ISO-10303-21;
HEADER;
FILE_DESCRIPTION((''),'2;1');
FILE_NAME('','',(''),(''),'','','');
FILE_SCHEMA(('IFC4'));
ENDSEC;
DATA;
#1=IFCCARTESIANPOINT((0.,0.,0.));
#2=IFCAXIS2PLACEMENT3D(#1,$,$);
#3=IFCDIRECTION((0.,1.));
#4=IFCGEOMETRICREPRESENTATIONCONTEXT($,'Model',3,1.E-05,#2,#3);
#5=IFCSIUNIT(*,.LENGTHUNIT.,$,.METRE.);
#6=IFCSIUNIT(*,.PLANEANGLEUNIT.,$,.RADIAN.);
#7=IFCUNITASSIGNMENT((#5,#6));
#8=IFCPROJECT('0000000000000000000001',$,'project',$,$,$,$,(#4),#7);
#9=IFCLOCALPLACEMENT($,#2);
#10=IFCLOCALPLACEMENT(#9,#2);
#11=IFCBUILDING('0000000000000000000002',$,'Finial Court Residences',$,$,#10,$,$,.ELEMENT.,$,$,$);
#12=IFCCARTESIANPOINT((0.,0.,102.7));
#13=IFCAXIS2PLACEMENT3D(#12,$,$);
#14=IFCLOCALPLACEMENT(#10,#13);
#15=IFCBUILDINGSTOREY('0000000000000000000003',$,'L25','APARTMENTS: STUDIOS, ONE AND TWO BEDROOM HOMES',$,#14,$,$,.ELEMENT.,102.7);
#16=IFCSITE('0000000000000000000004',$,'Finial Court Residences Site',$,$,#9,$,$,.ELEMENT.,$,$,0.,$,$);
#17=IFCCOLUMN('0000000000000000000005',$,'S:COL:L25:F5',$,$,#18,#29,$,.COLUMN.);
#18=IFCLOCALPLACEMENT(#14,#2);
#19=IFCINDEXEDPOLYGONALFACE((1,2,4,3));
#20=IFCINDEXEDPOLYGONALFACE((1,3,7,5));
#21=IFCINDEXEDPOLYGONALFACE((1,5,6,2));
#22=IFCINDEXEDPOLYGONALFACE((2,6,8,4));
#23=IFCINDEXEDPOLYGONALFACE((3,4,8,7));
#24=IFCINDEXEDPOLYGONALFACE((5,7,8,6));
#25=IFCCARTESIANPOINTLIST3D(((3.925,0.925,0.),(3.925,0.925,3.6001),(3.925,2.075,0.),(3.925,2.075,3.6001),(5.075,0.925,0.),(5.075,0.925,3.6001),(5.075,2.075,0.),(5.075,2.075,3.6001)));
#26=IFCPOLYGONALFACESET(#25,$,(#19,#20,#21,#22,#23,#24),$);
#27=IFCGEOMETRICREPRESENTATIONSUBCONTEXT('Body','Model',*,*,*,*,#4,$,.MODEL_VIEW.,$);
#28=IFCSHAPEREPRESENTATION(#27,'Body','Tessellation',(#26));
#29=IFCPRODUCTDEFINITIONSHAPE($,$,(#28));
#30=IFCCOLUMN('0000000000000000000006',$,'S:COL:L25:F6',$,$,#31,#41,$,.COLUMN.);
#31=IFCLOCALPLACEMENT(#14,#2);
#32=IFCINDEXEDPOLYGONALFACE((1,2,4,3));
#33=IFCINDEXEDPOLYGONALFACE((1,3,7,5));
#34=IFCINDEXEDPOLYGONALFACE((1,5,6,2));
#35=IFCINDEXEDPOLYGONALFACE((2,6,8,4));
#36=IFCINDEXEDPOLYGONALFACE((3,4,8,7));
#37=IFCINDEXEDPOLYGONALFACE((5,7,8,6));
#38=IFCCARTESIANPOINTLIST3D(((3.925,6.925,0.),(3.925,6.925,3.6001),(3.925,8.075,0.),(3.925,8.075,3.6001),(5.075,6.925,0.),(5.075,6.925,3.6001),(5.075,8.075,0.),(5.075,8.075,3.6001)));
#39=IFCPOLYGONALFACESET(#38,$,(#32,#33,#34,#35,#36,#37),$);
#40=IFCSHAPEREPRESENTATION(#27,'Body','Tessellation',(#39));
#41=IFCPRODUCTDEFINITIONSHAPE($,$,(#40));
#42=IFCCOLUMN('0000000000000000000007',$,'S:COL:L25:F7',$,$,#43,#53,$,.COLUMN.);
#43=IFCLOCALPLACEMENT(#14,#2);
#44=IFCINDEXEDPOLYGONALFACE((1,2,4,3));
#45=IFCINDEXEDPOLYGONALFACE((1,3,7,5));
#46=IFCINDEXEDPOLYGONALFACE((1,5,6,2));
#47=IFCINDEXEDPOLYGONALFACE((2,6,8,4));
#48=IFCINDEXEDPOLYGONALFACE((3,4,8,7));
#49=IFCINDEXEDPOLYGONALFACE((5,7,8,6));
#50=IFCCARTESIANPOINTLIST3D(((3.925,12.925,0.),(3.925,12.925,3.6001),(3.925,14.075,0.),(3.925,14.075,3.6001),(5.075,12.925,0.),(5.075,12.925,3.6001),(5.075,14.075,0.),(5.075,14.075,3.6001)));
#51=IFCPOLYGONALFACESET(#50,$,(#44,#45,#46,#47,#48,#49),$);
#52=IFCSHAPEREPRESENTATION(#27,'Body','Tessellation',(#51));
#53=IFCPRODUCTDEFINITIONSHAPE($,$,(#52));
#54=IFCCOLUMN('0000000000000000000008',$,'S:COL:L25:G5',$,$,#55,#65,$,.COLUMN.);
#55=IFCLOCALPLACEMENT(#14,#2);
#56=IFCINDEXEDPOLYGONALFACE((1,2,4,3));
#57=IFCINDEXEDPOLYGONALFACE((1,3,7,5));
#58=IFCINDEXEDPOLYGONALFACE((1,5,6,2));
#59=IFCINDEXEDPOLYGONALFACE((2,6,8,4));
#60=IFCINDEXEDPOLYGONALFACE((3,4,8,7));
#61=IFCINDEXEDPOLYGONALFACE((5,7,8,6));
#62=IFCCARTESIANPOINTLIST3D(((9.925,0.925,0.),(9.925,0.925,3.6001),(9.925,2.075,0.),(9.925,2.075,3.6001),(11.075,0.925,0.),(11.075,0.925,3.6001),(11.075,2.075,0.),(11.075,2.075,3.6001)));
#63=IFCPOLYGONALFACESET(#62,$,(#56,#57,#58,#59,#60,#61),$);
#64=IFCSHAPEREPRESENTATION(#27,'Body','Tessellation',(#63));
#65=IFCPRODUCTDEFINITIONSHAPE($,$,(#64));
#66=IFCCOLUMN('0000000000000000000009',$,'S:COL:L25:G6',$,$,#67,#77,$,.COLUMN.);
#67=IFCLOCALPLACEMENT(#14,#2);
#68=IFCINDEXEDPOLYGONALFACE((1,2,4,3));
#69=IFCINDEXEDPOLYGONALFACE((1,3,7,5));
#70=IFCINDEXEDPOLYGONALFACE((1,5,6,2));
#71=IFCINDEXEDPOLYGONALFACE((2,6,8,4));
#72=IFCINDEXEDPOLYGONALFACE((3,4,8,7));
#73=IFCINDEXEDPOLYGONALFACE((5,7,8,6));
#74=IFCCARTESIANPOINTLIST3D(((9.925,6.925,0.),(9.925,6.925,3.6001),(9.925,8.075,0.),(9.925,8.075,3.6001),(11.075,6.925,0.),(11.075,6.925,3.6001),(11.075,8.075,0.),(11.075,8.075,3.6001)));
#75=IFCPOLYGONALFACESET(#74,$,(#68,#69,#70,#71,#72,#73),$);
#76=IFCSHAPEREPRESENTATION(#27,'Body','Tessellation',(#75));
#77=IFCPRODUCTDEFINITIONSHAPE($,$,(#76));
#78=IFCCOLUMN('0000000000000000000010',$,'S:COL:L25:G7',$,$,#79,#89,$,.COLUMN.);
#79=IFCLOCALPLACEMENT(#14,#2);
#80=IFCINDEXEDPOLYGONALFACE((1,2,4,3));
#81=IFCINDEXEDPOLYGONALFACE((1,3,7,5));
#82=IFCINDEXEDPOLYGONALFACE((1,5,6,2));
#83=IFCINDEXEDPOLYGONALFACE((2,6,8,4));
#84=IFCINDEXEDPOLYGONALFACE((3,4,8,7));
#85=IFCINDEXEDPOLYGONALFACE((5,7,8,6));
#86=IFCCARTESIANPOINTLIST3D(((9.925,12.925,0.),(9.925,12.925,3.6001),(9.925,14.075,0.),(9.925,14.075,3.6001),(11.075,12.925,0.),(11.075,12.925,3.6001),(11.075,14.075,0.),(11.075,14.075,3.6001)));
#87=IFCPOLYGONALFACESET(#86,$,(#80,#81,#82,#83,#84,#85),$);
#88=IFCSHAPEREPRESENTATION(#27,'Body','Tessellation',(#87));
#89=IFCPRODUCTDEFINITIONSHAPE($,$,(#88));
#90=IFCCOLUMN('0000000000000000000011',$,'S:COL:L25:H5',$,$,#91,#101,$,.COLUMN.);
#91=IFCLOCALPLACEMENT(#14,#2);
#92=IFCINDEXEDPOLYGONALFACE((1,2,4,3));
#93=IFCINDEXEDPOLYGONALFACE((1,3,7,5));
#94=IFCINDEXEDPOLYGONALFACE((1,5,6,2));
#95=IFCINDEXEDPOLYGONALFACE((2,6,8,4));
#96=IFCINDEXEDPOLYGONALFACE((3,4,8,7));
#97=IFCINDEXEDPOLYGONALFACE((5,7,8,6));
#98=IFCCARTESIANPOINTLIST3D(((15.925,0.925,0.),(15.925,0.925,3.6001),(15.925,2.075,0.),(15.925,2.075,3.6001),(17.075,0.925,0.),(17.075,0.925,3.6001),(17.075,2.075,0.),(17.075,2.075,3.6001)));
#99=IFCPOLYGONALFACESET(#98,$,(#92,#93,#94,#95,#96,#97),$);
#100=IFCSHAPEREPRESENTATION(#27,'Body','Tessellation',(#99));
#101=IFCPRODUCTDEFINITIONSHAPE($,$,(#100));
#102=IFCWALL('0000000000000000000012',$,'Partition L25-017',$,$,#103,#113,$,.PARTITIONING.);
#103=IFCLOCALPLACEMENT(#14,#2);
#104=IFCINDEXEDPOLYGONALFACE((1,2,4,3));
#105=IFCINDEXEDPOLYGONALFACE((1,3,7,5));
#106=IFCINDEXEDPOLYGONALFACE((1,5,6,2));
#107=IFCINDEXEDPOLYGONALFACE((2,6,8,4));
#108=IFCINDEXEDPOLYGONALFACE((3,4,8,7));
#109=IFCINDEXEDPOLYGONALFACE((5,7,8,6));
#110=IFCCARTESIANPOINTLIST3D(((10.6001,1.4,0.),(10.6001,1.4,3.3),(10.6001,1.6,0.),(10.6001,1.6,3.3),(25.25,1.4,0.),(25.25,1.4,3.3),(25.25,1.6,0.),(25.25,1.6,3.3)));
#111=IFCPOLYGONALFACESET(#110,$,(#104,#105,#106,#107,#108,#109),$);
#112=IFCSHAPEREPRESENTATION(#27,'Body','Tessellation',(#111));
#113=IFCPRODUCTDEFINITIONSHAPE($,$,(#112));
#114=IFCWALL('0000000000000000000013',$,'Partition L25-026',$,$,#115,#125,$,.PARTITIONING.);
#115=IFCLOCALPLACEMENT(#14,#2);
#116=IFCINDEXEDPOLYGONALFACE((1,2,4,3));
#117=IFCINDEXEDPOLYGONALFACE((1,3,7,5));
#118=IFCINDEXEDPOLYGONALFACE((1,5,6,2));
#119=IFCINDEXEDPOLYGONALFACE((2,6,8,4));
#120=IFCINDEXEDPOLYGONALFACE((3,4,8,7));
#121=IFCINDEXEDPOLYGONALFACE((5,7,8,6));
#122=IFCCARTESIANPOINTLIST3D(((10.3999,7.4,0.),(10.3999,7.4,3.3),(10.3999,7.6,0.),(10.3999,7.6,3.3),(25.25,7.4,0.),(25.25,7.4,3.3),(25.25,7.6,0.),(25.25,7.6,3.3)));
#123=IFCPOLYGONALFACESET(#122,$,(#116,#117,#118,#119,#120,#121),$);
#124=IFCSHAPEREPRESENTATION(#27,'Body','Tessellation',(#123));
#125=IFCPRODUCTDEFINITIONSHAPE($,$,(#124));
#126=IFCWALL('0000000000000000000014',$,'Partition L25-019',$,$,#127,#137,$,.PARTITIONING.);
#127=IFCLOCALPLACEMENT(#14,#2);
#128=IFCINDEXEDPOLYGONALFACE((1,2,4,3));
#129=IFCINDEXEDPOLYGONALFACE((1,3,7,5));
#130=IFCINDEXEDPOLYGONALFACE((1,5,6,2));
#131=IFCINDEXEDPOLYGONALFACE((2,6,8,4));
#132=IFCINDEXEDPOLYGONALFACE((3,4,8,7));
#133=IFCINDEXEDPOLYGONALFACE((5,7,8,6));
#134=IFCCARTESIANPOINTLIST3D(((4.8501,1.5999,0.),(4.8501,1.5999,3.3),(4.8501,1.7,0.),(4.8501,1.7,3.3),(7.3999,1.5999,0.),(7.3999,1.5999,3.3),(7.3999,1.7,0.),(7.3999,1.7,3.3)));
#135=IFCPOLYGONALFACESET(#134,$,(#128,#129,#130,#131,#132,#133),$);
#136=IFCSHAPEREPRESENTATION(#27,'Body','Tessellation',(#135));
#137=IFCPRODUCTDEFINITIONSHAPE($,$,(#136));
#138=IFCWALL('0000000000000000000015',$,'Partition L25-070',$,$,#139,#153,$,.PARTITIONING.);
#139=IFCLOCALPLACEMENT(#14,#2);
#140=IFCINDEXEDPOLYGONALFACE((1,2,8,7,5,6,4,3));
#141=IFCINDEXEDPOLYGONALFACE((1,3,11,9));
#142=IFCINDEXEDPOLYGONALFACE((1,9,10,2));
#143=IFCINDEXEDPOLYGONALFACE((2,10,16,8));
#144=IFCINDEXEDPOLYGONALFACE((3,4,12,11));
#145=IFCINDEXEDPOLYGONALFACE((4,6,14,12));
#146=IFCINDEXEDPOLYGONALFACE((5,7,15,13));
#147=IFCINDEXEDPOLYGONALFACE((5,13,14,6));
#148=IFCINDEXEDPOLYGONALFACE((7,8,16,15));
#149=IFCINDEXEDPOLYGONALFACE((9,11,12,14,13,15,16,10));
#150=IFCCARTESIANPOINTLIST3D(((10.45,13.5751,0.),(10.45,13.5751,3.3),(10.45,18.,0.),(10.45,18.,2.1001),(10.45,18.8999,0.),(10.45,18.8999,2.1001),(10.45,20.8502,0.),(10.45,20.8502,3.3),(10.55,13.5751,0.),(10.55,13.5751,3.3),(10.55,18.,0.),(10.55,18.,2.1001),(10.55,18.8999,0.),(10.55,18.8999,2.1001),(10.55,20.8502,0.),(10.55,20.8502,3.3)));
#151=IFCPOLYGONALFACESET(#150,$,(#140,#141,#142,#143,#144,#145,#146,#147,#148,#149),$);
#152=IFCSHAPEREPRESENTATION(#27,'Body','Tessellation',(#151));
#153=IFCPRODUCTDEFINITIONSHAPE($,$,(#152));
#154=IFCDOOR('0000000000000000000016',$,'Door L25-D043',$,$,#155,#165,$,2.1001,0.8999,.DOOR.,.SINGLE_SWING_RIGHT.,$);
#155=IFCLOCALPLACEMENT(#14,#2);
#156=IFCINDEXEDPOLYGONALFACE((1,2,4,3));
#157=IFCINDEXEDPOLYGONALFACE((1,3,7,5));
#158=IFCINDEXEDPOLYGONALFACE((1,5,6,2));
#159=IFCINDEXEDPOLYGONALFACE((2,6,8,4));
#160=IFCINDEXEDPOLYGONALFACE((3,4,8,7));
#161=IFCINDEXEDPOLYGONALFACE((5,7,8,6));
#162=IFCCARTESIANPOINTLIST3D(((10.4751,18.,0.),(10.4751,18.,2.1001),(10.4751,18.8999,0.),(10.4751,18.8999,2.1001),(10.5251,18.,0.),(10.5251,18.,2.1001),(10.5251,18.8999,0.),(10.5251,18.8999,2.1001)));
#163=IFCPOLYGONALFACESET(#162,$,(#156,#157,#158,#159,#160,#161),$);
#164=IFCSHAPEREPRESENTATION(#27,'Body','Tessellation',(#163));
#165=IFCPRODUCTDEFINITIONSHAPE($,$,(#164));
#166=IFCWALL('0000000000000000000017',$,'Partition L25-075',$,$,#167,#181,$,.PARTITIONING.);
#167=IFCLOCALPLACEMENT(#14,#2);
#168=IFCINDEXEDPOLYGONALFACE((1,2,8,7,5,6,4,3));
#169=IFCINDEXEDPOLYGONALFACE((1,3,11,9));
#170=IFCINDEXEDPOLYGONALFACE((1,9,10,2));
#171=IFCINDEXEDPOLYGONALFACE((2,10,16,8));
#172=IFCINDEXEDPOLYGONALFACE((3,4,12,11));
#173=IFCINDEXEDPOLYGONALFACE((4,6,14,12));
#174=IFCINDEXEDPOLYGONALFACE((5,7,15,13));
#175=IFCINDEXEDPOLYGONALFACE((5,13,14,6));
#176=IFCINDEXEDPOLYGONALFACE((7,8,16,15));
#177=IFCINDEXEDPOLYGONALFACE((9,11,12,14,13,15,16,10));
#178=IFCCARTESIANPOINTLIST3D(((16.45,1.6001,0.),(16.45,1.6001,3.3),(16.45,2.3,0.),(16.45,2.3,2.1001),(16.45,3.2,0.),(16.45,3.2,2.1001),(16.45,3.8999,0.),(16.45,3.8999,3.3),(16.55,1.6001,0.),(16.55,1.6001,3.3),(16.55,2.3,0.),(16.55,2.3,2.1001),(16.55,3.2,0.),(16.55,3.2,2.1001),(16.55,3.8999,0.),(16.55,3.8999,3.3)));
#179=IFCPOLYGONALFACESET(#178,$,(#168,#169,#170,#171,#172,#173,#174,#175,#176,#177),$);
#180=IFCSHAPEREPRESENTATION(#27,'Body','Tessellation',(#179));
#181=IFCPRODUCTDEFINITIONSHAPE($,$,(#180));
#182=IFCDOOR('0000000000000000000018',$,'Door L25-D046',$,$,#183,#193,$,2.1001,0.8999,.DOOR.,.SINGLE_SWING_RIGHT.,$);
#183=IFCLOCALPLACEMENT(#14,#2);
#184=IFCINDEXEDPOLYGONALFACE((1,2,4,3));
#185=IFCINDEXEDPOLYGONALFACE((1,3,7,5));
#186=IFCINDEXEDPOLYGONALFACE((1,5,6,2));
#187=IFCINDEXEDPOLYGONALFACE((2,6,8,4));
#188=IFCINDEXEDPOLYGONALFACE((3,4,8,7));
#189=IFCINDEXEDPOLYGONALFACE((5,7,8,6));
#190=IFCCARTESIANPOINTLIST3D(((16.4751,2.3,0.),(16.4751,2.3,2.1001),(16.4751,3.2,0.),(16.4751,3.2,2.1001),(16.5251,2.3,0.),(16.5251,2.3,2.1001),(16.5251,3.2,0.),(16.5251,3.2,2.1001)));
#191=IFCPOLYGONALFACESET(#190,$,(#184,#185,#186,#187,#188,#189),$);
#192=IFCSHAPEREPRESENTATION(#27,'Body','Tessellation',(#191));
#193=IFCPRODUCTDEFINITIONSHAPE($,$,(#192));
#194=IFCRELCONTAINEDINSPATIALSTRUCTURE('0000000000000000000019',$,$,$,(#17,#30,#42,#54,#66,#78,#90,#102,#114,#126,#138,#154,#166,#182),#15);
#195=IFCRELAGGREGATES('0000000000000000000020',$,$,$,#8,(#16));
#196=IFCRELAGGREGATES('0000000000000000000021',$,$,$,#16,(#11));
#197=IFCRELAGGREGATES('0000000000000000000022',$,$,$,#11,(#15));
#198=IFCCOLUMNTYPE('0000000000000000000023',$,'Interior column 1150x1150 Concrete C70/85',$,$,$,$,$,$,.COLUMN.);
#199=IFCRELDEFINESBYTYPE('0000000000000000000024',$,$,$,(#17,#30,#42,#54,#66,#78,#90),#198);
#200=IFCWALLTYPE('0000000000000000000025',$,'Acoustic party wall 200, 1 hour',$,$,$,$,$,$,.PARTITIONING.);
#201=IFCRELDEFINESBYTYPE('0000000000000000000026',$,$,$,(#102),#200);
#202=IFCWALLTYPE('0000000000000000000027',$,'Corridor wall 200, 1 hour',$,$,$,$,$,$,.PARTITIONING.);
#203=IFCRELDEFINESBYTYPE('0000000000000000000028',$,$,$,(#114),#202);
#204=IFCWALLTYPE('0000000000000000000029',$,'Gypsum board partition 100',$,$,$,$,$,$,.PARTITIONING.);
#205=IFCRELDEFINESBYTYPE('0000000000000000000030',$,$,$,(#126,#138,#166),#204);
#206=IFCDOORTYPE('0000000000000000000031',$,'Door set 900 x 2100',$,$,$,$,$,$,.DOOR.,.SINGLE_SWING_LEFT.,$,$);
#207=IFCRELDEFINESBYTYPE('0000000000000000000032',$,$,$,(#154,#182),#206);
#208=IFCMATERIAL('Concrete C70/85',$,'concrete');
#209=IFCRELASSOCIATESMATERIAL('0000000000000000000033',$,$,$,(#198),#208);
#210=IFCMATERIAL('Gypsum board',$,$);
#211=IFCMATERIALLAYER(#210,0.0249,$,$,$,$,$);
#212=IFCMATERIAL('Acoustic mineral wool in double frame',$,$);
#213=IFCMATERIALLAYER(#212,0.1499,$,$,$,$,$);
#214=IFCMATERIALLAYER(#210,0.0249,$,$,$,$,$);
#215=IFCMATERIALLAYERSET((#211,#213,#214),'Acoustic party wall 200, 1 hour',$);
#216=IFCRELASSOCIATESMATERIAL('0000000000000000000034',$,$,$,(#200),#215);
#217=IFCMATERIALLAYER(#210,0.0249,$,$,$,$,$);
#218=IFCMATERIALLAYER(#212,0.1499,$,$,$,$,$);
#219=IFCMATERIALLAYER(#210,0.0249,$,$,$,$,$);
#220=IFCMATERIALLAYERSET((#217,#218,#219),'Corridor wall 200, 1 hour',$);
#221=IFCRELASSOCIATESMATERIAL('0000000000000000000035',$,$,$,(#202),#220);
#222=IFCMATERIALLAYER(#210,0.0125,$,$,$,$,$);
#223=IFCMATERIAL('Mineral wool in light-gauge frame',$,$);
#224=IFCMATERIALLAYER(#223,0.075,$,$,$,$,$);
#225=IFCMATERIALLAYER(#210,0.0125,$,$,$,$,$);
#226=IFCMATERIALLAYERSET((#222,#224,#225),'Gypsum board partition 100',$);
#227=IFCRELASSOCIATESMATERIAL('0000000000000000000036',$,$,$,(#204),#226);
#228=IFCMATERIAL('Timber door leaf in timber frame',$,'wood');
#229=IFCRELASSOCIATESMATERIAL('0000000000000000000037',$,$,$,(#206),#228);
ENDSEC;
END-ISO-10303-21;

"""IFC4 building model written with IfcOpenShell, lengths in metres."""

from ifc_helpers import new_model, si_unit, direction, frame, frame_2d, origin, origin_2d, place, context, subcontext, project, spatial, rectangle, extrude, material, layer, layer_set, material_profile, profile_set, type_object, element, fill, save


model = new_model("IFC4")

# Units and contexts
model_context = context("Model", 3, precision=1e-05, world=origin(), true_north=direction((0.0, 1.0)))
body_context = subcontext(model_context, "Body", "Model", "MODEL_VIEW")
ifc_project = project(units=[si_unit("LENGTHUNIT", "METRE"), si_unit("PLANEANGLEUNIT", "RADIAN")], contexts=[model_context])

# Site, building, storey
site_placement = place(None, origin())
site = spatial("IfcSite", under=ifc_project, at=site_placement, Name="Finial Court Residences Site", CompositionType="ELEMENT", RefElevation=0.0)
building_placement = place(site_placement, origin())
building = spatial("IfcBuilding", under=site, at=building_placement, Name="Finial Court Residences", CompositionType="ELEMENT")
storey_placement = place(building_placement, frame((0.0, 0.0, 102.7)))
storey = spatial("IfcBuildingStorey", under=building, at=storey_placement, Name="L25", Description="APARTMENTS: STUDIOS, ONE AND TWO BEDROOM HOMES", CompositionType="ELEMENT", Elevation=102.7)

# Columns
ifc_material_1 = material(Name="Concrete C70/85", Category="concrete")
ifc_material_profile = material_profile(ifc_material_1, rectangle(XDim=1.1499, YDim=1.1499, at=origin_2d()), Name="1150x1150")
ifc_profile_set = profile_set([ifc_material_profile], Name="Concrete C70/85")
column_type = type_object("IfcColumnType", Name="Interior column 1150x1150 Concrete C70/85", PredefinedType="COLUMN", material=ifc_profile_set)
for number, where, z_axis, x_axis, name in (
    (1, (4.5, 1.5, 0.0), (0.0, 0.0, 1.0), (1.0, 0.0, 0.0), "S:COL:L25:F5"),
    (2, (4.5, 7.5, 0.0), (0.0, 0.0, 1.0), (1.0, 0.0, 0.0), "S:COL:L25:F6"),
    (3, (4.5, 13.5, 0.0), (0.0, 0.0, 1.0), (1.0, 0.0, 0.0), "S:COL:L25:F7"),
    (4, (10.5, 1.5, 0.0), (0.0, 0.0, 1.0), (1.0, 0.0, 0.0), "S:COL:L25:G5"),
    (5, (10.5, 7.5, 0.0), (0.0, 0.0, 1.0), (1.0, 0.0, 0.0), "S:COL:L25:G6"),
    (6, (10.5, 13.5, 0.0), (0.0, 0.0, 1.0), (1.0, 0.0, 0.0), "S:COL:L25:G7"),
    (7, (16.5, 1.5, 0.0), (0.0, 0.0, 1.0), (1.0, 0.0, 0.0), "S:COL:L25:H5"),
):
    element("IfcColumn", number, at=place(storey_placement, frame(where, z_axis=z_axis, x_axis=x_axis)), inside=storey, type_object=column_type, Name=name, PredefinedType="COLUMN", context=body_context, shape_type="SweptSolid", body=[
        extrude(rectangle(XDim=1.1499, YDim=1.1499, at=origin_2d()), origin(), (0.0, 0.0, 1.0), 3.6001),
    ])

# Walls
ifc_material_2 = material(Name="Gypsum board")
ifc_layer_1 = layer(ifc_material_2, 0.0249)
ifc_material_3 = material(Name="Acoustic mineral wool in double frame")
ifc_layer_2 = layer(ifc_material_3, 0.1499)
ifc_layer_3 = layer(ifc_material_2, 0.0249)
ifc_layer_set_1 = layer_set([ifc_layer_1, ifc_layer_2, ifc_layer_3], Name="Acoustic party wall 200, 1 hour")
wall_type_1 = type_object("IfcWallType", Name="Acoustic party wall 200, 1 hour", PredefinedType="PARTITIONING", material=ifc_layer_set_1)
wall_1_placement = place(storey_placement, frame((10.6001, 1.5, 0.0), z_axis=(0.0, 0.0, 1.0), x_axis=(1.0, 0.0, 0.0)))
element("IfcWall", 8, at=wall_1_placement, inside=storey, type_object=wall_type_1, Name="Partition L25-017", PredefinedType="PARTITIONING", context=body_context, shape_type="SweptSolid", body=[
    extrude(rectangle(XDim=14.6499, YDim=0.2, at=frame_2d((7.325, 0.0))), origin(), (0.0, 0.0, 1.0), 3.3),
])
ifc_layer_4 = layer(ifc_material_2, 0.0249)
ifc_layer_5 = layer(ifc_material_3, 0.1499)
ifc_layer_6 = layer(ifc_material_2, 0.0249)
ifc_layer_set_2 = layer_set([ifc_layer_4, ifc_layer_5, ifc_layer_6], Name="Corridor wall 200, 1 hour")
wall_type_2 = type_object("IfcWallType", Name="Corridor wall 200, 1 hour", PredefinedType="PARTITIONING", material=ifc_layer_set_2)
wall_2_placement = place(storey_placement, frame((10.3999, 7.5, 0.0), z_axis=(0.0, 0.0, 1.0), x_axis=(1.0, 0.0, 0.0)))
element("IfcWall", 9, at=wall_2_placement, inside=storey, type_object=wall_type_2, Name="Partition L25-026", PredefinedType="PARTITIONING", context=body_context, shape_type="SweptSolid", body=[
    extrude(rectangle(XDim=14.8501, YDim=0.2, at=frame_2d((7.425, 0.0))), origin(), (0.0, 0.0, 1.0), 3.3),
])
ifc_layer_7 = layer(ifc_material_2, 0.0125)
ifc_material_4 = material(Name="Mineral wool in light-gauge frame")
ifc_layer_8 = layer(ifc_material_4, 0.075)
ifc_layer_9 = layer(ifc_material_2, 0.0125)
ifc_layer_set_3 = layer_set([ifc_layer_7, ifc_layer_8, ifc_layer_9], Name="Gypsum board partition 100")
wall_type_3 = type_object("IfcWallType", Name="Gypsum board partition 100", PredefinedType="PARTITIONING", material=ifc_layer_set_3)
wall_3_placement = place(storey_placement, frame((4.8501, 1.6499, 0.0), z_axis=(0.0, 0.0, 1.0), x_axis=(1.0, 0.0, 0.0)))
element("IfcWall", 10, at=wall_3_placement, inside=storey, type_object=wall_type_3, Name="Partition L25-019", PredefinedType="PARTITIONING", context=body_context, shape_type="SweptSolid", body=[
    extrude(rectangle(XDim=2.5498, YDim=0.1001, at=frame_2d((1.2749, 0.0))), origin(), (0.0, 0.0, 1.0), 3.3),
])

# Walls, openings, doors
wall_4_placement = place(storey_placement, frame((10.5, 13.575, 0.0), z_axis=(0.0, 0.0, 1.0), x_axis=(0.0, 1.0, 0.0)))
wall_4 = element("IfcWall", 11, at=wall_4_placement, inside=storey, type_object=wall_type_3, Name="Partition L25-070", PredefinedType="PARTITIONING", context=body_context, shape_type="SweptSolid", body=[
    extrude(rectangle(XDim=7.2751, YDim=0.1001, at=frame_2d((3.6377, 0.0))), origin(), (0.0, 0.0, 1.0), 3.3),
])
opening_1_placement = place(wall_4_placement, frame((4.425, 0.0, 0.0)))
opening_1 = element("IfcOpeningElement", 12, at=opening_1_placement, cuts=wall_4, PredefinedType="OPENING", context=body_context, shape_type="SweptSolid", body=[
    extrude(rectangle(XDim=0.8999, YDim=2.1001, at=frame_2d((0.45, 1.05))), frame((0.0, 0.0601, 0.0), z_axis=(0.0, -1.0, 0.0), x_axis=(1.0, 0.0, 0.0)), (0.0, 0.0, 1.0), 0.1201),
])
ifc_material_5 = material(Name="Timber door leaf in timber frame", Category="wood")
door_type = type_object("IfcDoorType", Name="Door set 900 x 2100", OperationType="SINGLE_SWING_LEFT", PredefinedType="DOOR", material=ifc_material_5)
door_1_placement = place(opening_1_placement, origin())
door_1 = element("IfcDoor", 13, at=door_1_placement, inside=storey, type_object=door_type, Name="Door L25-D043", OperationType="SINGLE_SWING_RIGHT", OverallHeight=2.1001, OverallWidth=0.8999, PredefinedType="DOOR", context=body_context, shape_type="SweptSolid", body=[
    extrude(rectangle(XDim=0.8999, YDim=2.1001, at=frame_2d((0.45, 1.05))), frame((0.0, 0.0249, 0.0), z_axis=(0.0, -1.0, 0.0), x_axis=(1.0, 0.0, 0.0)), (0.0, 0.0, 1.0), 0.05),
])
fill(opening_1, door_1)
wall_5_placement = place(storey_placement, frame((16.5, 1.6001, 0.0), z_axis=(0.0, 0.0, 1.0), x_axis=(0.0, 1.0, 0.0)))
wall_5 = element("IfcWall", 14, at=wall_5_placement, inside=storey, type_object=wall_type_3, Name="Partition L25-075", PredefinedType="PARTITIONING", context=body_context, shape_type="SweptSolid", body=[
    extrude(rectangle(XDim=2.2998, YDim=0.1001, at=frame_2d((1.1499, 0.0))), origin(), (0.0, 0.0, 1.0), 3.3),
])
opening_2_placement = place(wall_5_placement, frame((0.7, 0.0, 0.0)))
opening_2 = element("IfcOpeningElement", 15, at=opening_2_placement, cuts=wall_5, PredefinedType="OPENING", context=body_context, shape_type="SweptSolid", body=[
    extrude(rectangle(XDim=0.8999, YDim=2.1001, at=frame_2d((0.45, 1.05))), frame((0.0, 0.0601, 0.0), z_axis=(0.0, -1.0, 0.0), x_axis=(1.0, 0.0, 0.0)), (0.0, 0.0, 1.0), 0.1201),
])
door_2_placement = place(opening_2_placement, origin())
door_2 = element("IfcDoor", 16, at=door_2_placement, inside=storey, type_object=door_type, Name="Door L25-D046", OperationType="SINGLE_SWING_RIGHT", OverallHeight=2.1001, OverallWidth=0.8999, PredefinedType="DOOR", context=body_context, shape_type="SweptSolid", body=[
    extrude(rectangle(XDim=0.8999, YDim=2.1001, at=frame_2d((0.45, 1.05))), frame((0.0, 0.0249, 0.0), z_axis=(0.0, -1.0, 0.0), x_axis=(1.0, 0.0, 0.0)), (0.0, 0.0, 1.0), 0.05),
])
fill(opening_2, door_2)

save(model, "model.ifc")
